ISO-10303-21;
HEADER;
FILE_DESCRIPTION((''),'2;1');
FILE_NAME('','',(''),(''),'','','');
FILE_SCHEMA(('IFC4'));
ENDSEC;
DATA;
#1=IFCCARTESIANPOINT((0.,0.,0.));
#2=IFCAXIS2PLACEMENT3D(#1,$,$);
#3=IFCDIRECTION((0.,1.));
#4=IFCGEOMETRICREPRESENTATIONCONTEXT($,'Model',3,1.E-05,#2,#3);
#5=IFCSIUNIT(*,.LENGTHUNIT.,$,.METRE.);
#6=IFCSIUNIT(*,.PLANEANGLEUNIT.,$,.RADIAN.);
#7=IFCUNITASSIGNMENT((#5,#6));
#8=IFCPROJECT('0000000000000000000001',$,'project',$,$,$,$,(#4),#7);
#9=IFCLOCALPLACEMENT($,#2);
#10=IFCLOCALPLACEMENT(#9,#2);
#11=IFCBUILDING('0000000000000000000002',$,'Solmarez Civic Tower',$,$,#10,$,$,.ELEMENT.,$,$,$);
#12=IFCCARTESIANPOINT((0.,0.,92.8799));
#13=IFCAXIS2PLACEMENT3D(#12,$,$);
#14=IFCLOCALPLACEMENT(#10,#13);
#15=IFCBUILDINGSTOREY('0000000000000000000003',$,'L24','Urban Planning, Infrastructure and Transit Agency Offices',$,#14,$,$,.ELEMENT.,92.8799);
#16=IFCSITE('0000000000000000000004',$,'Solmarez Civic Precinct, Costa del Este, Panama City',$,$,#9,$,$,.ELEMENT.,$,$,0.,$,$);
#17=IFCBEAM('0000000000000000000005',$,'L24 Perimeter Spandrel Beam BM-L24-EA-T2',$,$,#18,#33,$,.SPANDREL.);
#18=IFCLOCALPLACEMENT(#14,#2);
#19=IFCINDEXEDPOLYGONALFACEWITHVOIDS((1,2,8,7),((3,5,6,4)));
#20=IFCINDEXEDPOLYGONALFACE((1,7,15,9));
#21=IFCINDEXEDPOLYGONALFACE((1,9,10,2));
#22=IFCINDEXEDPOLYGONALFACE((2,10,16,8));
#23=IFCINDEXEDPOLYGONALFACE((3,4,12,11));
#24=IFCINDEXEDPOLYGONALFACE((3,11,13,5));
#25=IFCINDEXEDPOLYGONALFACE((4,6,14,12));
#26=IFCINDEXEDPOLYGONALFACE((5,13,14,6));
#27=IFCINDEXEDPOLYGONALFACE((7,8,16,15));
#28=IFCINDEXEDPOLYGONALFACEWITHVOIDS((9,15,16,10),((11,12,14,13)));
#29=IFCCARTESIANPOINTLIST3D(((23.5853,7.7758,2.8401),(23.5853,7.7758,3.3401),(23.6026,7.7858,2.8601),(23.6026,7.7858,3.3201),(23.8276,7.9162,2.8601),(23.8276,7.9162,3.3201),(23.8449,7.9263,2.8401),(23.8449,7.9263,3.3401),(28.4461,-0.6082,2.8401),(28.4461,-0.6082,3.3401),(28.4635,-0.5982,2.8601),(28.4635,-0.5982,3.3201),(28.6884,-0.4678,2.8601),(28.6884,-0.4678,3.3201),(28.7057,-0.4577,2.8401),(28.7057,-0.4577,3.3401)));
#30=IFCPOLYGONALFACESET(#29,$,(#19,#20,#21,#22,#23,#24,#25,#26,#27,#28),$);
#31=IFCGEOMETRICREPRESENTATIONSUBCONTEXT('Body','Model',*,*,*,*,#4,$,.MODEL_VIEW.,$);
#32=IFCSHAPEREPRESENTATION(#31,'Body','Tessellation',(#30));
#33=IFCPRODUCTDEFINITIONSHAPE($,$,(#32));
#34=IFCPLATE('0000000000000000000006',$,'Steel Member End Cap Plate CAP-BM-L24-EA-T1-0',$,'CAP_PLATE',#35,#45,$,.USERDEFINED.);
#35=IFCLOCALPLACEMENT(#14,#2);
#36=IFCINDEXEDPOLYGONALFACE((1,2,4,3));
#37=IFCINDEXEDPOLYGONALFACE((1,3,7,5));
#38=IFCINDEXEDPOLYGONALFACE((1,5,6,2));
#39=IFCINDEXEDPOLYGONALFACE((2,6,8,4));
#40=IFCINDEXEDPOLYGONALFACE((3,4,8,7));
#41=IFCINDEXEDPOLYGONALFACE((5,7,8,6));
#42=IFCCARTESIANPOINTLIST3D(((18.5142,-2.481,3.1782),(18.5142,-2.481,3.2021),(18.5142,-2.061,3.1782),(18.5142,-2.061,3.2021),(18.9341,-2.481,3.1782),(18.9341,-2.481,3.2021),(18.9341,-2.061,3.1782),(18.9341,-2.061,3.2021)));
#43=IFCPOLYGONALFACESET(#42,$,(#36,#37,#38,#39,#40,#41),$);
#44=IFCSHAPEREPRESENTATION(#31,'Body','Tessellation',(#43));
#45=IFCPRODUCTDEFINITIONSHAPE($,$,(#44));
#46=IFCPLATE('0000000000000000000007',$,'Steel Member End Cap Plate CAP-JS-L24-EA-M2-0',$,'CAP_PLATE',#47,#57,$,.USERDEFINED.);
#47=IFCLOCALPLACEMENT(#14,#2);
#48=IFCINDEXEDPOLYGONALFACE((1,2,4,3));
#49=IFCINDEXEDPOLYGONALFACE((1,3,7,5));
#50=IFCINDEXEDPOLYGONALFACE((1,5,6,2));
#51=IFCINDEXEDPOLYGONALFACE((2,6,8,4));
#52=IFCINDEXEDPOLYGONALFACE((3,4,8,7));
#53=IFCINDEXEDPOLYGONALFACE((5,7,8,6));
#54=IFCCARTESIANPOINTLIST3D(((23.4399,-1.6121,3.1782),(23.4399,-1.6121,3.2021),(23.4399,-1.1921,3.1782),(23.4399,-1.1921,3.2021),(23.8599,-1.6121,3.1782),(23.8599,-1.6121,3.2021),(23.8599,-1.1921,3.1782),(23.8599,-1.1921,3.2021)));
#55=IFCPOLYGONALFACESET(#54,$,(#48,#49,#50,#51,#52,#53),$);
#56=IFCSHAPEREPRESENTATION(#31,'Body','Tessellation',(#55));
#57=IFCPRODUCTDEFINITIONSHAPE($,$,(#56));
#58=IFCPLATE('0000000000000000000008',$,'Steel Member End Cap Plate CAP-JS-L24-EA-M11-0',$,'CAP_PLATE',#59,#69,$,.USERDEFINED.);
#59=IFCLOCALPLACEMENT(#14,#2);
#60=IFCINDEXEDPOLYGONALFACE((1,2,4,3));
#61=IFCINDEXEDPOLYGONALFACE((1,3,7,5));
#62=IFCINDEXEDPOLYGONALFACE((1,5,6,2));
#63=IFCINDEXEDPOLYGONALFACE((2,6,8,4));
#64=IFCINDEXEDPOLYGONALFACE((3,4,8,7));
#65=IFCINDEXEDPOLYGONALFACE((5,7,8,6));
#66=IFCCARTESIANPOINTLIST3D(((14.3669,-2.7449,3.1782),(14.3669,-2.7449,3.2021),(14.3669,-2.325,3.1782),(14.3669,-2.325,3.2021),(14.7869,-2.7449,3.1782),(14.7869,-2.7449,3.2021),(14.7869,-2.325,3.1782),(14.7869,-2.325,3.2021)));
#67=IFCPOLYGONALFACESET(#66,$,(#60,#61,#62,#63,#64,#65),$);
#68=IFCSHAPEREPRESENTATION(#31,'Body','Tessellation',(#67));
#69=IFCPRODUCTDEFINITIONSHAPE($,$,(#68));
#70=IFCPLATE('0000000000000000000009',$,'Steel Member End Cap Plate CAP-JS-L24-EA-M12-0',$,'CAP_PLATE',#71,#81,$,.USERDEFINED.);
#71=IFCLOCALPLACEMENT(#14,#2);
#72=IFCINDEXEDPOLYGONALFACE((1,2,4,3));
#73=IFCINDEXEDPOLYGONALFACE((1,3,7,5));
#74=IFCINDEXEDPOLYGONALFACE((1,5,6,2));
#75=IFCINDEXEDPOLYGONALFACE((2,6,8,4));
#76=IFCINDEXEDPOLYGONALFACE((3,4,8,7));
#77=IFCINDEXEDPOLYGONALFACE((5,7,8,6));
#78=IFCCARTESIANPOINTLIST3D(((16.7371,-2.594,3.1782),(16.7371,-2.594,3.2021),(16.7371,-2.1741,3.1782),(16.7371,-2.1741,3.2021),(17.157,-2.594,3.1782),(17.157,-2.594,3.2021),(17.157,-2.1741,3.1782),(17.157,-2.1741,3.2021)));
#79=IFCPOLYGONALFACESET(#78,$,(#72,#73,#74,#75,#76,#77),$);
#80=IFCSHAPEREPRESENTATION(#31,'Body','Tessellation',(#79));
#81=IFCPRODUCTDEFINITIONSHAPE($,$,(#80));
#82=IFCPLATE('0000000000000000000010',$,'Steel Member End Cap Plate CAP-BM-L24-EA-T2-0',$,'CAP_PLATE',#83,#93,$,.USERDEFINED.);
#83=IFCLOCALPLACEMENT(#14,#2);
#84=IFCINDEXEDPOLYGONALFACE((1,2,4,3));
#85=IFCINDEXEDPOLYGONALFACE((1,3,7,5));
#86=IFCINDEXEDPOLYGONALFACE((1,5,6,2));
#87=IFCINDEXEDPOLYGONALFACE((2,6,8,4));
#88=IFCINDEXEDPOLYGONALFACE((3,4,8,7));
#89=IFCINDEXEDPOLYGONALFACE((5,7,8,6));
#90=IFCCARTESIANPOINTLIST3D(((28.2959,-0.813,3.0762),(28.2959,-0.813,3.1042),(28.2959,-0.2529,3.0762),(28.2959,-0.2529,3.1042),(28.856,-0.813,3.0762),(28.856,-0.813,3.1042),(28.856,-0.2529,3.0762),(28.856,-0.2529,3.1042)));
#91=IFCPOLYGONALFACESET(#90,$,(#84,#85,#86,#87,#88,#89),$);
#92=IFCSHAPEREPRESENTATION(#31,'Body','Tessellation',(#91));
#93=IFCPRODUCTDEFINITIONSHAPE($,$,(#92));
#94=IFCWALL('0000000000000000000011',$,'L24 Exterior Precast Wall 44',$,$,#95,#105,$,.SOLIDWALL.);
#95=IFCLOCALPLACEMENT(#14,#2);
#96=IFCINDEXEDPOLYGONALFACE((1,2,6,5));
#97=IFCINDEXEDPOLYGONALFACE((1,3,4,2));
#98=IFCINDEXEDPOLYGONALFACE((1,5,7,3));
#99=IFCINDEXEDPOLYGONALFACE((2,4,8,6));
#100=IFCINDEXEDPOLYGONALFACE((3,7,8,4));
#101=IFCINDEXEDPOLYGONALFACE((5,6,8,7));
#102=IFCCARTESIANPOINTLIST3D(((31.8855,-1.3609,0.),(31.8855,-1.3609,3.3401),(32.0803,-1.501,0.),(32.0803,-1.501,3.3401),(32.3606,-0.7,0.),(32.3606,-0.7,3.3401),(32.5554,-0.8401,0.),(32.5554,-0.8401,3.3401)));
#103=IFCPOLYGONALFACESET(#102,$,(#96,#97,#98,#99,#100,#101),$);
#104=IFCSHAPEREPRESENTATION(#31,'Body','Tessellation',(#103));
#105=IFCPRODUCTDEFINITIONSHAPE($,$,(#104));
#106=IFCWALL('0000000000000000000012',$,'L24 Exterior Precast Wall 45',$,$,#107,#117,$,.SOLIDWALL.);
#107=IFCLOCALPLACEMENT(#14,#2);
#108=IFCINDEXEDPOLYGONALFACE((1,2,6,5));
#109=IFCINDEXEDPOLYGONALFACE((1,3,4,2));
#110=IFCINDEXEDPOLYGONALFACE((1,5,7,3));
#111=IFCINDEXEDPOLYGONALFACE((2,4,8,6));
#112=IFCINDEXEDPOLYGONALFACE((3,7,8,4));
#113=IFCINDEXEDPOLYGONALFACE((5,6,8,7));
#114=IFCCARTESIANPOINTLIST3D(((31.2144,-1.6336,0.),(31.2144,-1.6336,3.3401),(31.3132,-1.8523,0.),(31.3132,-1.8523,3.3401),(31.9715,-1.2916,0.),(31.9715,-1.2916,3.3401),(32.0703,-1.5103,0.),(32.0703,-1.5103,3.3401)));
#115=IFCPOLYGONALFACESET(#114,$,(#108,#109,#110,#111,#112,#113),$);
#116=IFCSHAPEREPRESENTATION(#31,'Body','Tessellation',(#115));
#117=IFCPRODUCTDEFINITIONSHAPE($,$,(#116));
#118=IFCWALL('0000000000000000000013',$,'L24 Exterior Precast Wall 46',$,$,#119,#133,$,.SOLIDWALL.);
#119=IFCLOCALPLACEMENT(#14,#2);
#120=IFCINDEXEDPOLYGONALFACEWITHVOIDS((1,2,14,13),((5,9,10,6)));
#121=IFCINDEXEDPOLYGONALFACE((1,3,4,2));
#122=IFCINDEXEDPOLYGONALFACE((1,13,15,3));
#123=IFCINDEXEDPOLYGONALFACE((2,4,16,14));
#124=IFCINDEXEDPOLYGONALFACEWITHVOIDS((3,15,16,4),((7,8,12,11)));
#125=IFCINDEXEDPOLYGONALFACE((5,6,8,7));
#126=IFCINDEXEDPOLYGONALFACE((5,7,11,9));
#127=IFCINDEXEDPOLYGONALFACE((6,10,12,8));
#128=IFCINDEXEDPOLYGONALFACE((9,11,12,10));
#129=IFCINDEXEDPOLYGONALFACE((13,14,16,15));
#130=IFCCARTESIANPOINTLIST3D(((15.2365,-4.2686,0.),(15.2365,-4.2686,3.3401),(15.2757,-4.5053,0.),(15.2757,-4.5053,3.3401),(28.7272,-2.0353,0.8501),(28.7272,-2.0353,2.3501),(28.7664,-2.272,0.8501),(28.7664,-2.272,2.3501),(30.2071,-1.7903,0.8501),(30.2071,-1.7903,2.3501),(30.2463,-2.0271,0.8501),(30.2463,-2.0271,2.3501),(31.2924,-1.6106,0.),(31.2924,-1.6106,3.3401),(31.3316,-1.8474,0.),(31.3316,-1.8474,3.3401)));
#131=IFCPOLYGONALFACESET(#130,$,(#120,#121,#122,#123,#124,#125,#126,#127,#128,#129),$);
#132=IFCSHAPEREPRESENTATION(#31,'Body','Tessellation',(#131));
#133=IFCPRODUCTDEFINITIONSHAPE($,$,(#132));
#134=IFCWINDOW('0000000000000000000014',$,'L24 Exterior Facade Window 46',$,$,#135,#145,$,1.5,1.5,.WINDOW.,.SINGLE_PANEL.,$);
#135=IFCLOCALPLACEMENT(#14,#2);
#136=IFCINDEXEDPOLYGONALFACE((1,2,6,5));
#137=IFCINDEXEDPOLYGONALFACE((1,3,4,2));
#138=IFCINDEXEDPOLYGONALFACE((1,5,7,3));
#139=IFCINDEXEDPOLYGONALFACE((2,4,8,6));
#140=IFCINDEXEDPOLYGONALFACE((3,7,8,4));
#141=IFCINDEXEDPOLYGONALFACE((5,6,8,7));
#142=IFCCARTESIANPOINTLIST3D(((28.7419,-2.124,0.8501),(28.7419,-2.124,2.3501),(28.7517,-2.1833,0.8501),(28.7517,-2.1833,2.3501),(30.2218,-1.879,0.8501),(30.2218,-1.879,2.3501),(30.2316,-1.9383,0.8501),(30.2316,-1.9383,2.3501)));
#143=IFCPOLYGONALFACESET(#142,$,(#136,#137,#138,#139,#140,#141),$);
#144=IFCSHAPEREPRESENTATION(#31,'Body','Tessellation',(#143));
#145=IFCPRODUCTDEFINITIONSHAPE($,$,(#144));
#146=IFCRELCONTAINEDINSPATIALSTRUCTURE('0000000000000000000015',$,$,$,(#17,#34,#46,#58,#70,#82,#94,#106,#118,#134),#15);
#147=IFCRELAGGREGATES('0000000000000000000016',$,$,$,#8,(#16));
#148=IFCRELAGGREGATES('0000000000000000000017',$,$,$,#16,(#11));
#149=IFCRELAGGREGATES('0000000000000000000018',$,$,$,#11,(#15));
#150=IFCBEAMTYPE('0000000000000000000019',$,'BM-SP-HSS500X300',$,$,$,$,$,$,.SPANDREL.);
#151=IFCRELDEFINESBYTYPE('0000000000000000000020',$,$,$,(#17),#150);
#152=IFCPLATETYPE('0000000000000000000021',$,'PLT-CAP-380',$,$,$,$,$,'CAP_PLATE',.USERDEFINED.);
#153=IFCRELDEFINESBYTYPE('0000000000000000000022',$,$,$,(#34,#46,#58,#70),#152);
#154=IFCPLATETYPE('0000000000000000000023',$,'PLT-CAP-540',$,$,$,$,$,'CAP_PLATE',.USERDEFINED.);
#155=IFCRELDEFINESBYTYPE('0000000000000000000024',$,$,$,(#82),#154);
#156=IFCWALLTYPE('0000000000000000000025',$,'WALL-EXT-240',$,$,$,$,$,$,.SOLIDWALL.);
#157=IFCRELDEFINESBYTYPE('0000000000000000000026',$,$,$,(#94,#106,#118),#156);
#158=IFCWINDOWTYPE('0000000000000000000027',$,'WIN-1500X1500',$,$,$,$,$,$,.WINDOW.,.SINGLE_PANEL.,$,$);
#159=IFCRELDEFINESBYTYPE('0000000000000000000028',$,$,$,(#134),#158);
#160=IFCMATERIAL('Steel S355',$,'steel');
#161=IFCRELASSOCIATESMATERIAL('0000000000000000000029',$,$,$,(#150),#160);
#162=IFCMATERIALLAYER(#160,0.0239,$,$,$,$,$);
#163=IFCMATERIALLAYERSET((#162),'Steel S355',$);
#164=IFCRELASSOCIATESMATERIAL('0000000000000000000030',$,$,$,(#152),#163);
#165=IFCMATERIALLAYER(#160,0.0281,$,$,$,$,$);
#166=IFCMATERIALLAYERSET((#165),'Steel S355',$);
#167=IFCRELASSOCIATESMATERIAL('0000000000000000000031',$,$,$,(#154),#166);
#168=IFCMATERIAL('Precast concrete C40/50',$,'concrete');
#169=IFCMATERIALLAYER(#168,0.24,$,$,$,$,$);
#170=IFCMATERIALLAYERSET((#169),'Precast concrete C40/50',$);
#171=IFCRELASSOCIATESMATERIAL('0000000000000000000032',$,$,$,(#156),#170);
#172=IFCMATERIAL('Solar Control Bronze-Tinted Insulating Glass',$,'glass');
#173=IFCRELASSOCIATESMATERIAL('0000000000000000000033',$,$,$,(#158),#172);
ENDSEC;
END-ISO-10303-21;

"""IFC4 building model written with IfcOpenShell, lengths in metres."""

from ifc_helpers import new_model, si_unit, direction, frame, frame_2d, origin, origin_2d, place, context, subcontext, project, spatial, rectangle, hollow_rectangle, extrude, material, layer, layer_set, material_profile, profile_set, type_object, element, fill, save


model = new_model("IFC4")

# Units and contexts
model_context = context("Model", 3, precision=1e-05, world=origin(), true_north=direction((0.0, 1.0)))
body_context = subcontext(model_context, "Body", "Model", "MODEL_VIEW")
ifc_project = project(units=[si_unit("LENGTHUNIT", "METRE"), si_unit("PLANEANGLEUNIT", "RADIAN")], contexts=[model_context])

# Site, building, storey
site_placement = place(None, origin())
site = spatial("IfcSite", under=ifc_project, at=site_placement, Name="Solmarez Civic Precinct, Costa del Este, Panama City", CompositionType="ELEMENT", RefElevation=0.0)
building_placement = place(site_placement, origin())
building = spatial("IfcBuilding", under=site, at=building_placement, Name="Solmarez Civic Tower", CompositionType="ELEMENT")
storey_placement = place(building_placement, frame((0.0, 0.0, 92.8799)))
storey = spatial("IfcBuildingStorey", under=building, at=storey_placement, Name="L24", Description="Urban Planning, Infrastructure and Transit Agency Offices", CompositionType="ELEMENT", Elevation=92.8799)

# Beam
ifc_material_1 = material(Name="Steel S355", Category="steel")
ifc_material_profile_1 = material_profile(ifc_material_1, hollow_rectangle(XDim=0.3, YDim=0.5, WallThickness=0.02, at=origin_2d()), Name="HSS500X300X20")
ifc_profile_set_1 = profile_set([ifc_material_profile_1], Name="Steel S355")
beam_type_1 = type_object("IfcBeamType", Name="BM-SP-HSS500X300", PredefinedType="SPANDREL", material=ifc_profile_set_1)
beam_1_placement = place(storey_placement, frame((28.5759, -0.533, 3.0901), z_axis=(-0.501571, 0.865116, 0.0), x_axis=(-0.865116, -0.501571, 0.0)))
element("IfcBeam", 1, at=beam_1_placement, inside=storey, type_object=beam_type_1, Name="L24 Perimeter Spandrel Beam BM-L24-EA-T2", PredefinedType="SPANDREL", context=body_context, shape_type="SweptSolid", body=[
    extrude(hollow_rectangle(XDim=0.3, YDim=0.5, WallThickness=0.02, at=origin_2d()), origin(), (0.0, 0.0, 1.0), 9.6912),
])

# Plates
ifc_layer_1 = layer(ifc_material_1, 0.0239)
ifc_layer_set_1 = layer_set([ifc_layer_1], Name="Steel S355")
plate_type_1 = type_object("IfcPlateType", Name="PLT-CAP-380", ElementType="CAP_PLATE", PredefinedType="USERDEFINED", material=ifc_layer_set_1)
for number, where, z_axis, x_axis, name in (
    (2, (18.7241, -2.271, 3.1782), (0.0, 0.0, 1.0), (1.0, 0.0, 0.0), "Steel Member End Cap Plate CAP-BM-L24-EA-T1-0"),
    (3, (23.6499, -1.4021, 3.1782), (0.0, 0.0, 1.0), (1.0, 0.0, 0.0), "Steel Member End Cap Plate CAP-JS-L24-EA-M2-0"),
    (4, (14.5769, -2.5349, 3.1782), (0.0, 0.0, 1.0), (1.0, 0.0, 0.0), "Steel Member End Cap Plate CAP-JS-L24-EA-M11-0"),
    (5, (16.947, -2.384, 3.1782), (0.0, 0.0, 1.0), (1.0, 0.0, 0.0), "Steel Member End Cap Plate CAP-JS-L24-EA-M12-0"),
):
    element("IfcPlate", number, at=place(storey_placement, frame(where, z_axis=z_axis, x_axis=x_axis)), inside=storey, type_object=plate_type_1, Name=name, ObjectType="CAP_PLATE", PredefinedType="USERDEFINED", context=body_context, shape_type="SweptSolid", body=[
        extrude(rectangle(XDim=0.4199, YDim=0.4199, at=origin_2d()), origin(), (0.0, 0.0, 1.0), 0.0239),
    ])
ifc_layer_2 = layer(ifc_material_1, 0.0281)
ifc_layer_set_2 = layer_set([ifc_layer_2], Name="Steel S355")
plate_type_2 = type_object("IfcPlateType", Name="PLT-CAP-540", ElementType="CAP_PLATE", PredefinedType="USERDEFINED", material=ifc_layer_set_2)
plate_placement = place(storey_placement, frame((28.5759, -0.533, 3.0762), z_axis=(0.0, 0.0, 1.0), x_axis=(1.0, 0.0, 0.0)))
element("IfcPlate", 6, at=plate_placement, inside=storey, type_object=plate_type_2, Name="Steel Member End Cap Plate CAP-BM-L24-EA-T2-0", ObjectType="CAP_PLATE", PredefinedType="USERDEFINED", context=body_context, shape_type="SweptSolid", body=[
    extrude(rectangle(XDim=0.5601, YDim=0.5601, at=origin_2d()), origin(), (0.0, 0.0, 1.0), 0.0281),
])

# Walls
ifc_material_2 = material(Name="Precast concrete C40/50", Category="concrete")
ifc_layer_3 = layer(ifc_material_2, 0.24)
ifc_layer_set_3 = layer_set([ifc_layer_3], Name="Precast concrete C40/50")
wall_type = type_object("IfcWallType", Name="WALL-EXT-240", PredefinedType="SOLIDWALL", material=ifc_layer_set_3)
wall_1_placement = place(storey_placement, frame((32.458, -0.77, 0.0), z_axis=(0.0, 0.0, 1.0), x_axis=(-0.583704, -0.811967, 0.0)))
element("IfcWall", 7, at=wall_1_placement, inside=storey, type_object=wall_type, Name="L24 Exterior Precast Wall 44", PredefinedType="SOLIDWALL", context=body_context, shape_type="SweptSolid", body=[
    extrude(rectangle(XDim=0.814, YDim=0.24, at=frame_2d((0.407, 0.0))), origin(), (0.0, 0.0, 1.0), 3.3401),
])
wall_2_placement = place(storey_placement, frame((32.021, -1.4009, 0.0), z_axis=(0.0, 0.0, 1.0), x_axis=(-0.91131, -0.411721, 0.0)))
element("IfcWall", 8, at=wall_2_placement, inside=storey, type_object=wall_type, Name="L24 Exterior Precast Wall 45", PredefinedType="SOLIDWALL", context=body_context, shape_type="SweptSolid", body=[
    extrude(rectangle(XDim=0.8308, YDim=0.24, at=frame_2d((0.4155, 0.0))), origin(), (0.0, 0.0, 1.0), 3.3401),
])

# Wall, opening, window
wall_3_placement = place(storey_placement, frame((31.312, -1.729, 0.0), z_axis=(0.0, 0.0, 1.0), x_axis=(-0.986573, -0.163321, 0.0)))
wall_3 = element("IfcWall", 9, at=wall_3_placement, inside=storey, type_object=wall_type, Name="L24 Exterior Precast Wall 46", PredefinedType="SOLIDWALL", context=body_context, shape_type="SweptSolid", body=[
    extrude(rectangle(XDim=16.2744, YDim=0.24, at=frame_2d((8.1372, 0.0))), origin(), (0.0, 0.0, 1.0), 3.3401),
])
opening_placement = place(wall_3_placement, frame((1.1001, 0.0, 0.8501)))
opening = element("IfcOpeningElement", 10, at=opening_placement, cuts=wall_3, PredefinedType="OPENING", context=body_context, shape_type="SweptSolid", body=[
    extrude(rectangle(XDim=1.5, YDim=1.5, at=frame_2d((0.75, 0.75))), frame((0.0, 0.1299, 0.0), z_axis=(0.0, -1.0, 0.0), x_axis=(1.0, 0.0, 0.0)), (0.0, 0.0, 1.0), 0.26),
])
ifc_material_3 = material(Name="Solar Control Bronze-Tinted Insulating Glass", Category="glass")
window_type = type_object("IfcWindowType", Name="WIN-1500X1500", PartitioningType="SINGLE_PANEL", PredefinedType="WINDOW", material=ifc_material_3)
window_placement = place(opening_placement, origin())
window = element("IfcWindow", 11, at=window_placement, inside=storey, type_object=window_type, Name="L24 Exterior Facade Window 46", OverallHeight=1.5, OverallWidth=1.5, PartitioningType="SINGLE_PANEL", PredefinedType="WINDOW", context=body_context, shape_type="SweptSolid", body=[
    extrude(rectangle(XDim=1.5, YDim=1.5, at=frame_2d((0.75, 0.75))), frame((0.0, 0.03, 0.0), z_axis=(0.0, -1.0, 0.0), x_axis=(1.0, 0.0, 0.0)), (0.0, 0.0, 1.0), 0.0601),
])
fill(opening, window)

save(model, "model.ifc")
